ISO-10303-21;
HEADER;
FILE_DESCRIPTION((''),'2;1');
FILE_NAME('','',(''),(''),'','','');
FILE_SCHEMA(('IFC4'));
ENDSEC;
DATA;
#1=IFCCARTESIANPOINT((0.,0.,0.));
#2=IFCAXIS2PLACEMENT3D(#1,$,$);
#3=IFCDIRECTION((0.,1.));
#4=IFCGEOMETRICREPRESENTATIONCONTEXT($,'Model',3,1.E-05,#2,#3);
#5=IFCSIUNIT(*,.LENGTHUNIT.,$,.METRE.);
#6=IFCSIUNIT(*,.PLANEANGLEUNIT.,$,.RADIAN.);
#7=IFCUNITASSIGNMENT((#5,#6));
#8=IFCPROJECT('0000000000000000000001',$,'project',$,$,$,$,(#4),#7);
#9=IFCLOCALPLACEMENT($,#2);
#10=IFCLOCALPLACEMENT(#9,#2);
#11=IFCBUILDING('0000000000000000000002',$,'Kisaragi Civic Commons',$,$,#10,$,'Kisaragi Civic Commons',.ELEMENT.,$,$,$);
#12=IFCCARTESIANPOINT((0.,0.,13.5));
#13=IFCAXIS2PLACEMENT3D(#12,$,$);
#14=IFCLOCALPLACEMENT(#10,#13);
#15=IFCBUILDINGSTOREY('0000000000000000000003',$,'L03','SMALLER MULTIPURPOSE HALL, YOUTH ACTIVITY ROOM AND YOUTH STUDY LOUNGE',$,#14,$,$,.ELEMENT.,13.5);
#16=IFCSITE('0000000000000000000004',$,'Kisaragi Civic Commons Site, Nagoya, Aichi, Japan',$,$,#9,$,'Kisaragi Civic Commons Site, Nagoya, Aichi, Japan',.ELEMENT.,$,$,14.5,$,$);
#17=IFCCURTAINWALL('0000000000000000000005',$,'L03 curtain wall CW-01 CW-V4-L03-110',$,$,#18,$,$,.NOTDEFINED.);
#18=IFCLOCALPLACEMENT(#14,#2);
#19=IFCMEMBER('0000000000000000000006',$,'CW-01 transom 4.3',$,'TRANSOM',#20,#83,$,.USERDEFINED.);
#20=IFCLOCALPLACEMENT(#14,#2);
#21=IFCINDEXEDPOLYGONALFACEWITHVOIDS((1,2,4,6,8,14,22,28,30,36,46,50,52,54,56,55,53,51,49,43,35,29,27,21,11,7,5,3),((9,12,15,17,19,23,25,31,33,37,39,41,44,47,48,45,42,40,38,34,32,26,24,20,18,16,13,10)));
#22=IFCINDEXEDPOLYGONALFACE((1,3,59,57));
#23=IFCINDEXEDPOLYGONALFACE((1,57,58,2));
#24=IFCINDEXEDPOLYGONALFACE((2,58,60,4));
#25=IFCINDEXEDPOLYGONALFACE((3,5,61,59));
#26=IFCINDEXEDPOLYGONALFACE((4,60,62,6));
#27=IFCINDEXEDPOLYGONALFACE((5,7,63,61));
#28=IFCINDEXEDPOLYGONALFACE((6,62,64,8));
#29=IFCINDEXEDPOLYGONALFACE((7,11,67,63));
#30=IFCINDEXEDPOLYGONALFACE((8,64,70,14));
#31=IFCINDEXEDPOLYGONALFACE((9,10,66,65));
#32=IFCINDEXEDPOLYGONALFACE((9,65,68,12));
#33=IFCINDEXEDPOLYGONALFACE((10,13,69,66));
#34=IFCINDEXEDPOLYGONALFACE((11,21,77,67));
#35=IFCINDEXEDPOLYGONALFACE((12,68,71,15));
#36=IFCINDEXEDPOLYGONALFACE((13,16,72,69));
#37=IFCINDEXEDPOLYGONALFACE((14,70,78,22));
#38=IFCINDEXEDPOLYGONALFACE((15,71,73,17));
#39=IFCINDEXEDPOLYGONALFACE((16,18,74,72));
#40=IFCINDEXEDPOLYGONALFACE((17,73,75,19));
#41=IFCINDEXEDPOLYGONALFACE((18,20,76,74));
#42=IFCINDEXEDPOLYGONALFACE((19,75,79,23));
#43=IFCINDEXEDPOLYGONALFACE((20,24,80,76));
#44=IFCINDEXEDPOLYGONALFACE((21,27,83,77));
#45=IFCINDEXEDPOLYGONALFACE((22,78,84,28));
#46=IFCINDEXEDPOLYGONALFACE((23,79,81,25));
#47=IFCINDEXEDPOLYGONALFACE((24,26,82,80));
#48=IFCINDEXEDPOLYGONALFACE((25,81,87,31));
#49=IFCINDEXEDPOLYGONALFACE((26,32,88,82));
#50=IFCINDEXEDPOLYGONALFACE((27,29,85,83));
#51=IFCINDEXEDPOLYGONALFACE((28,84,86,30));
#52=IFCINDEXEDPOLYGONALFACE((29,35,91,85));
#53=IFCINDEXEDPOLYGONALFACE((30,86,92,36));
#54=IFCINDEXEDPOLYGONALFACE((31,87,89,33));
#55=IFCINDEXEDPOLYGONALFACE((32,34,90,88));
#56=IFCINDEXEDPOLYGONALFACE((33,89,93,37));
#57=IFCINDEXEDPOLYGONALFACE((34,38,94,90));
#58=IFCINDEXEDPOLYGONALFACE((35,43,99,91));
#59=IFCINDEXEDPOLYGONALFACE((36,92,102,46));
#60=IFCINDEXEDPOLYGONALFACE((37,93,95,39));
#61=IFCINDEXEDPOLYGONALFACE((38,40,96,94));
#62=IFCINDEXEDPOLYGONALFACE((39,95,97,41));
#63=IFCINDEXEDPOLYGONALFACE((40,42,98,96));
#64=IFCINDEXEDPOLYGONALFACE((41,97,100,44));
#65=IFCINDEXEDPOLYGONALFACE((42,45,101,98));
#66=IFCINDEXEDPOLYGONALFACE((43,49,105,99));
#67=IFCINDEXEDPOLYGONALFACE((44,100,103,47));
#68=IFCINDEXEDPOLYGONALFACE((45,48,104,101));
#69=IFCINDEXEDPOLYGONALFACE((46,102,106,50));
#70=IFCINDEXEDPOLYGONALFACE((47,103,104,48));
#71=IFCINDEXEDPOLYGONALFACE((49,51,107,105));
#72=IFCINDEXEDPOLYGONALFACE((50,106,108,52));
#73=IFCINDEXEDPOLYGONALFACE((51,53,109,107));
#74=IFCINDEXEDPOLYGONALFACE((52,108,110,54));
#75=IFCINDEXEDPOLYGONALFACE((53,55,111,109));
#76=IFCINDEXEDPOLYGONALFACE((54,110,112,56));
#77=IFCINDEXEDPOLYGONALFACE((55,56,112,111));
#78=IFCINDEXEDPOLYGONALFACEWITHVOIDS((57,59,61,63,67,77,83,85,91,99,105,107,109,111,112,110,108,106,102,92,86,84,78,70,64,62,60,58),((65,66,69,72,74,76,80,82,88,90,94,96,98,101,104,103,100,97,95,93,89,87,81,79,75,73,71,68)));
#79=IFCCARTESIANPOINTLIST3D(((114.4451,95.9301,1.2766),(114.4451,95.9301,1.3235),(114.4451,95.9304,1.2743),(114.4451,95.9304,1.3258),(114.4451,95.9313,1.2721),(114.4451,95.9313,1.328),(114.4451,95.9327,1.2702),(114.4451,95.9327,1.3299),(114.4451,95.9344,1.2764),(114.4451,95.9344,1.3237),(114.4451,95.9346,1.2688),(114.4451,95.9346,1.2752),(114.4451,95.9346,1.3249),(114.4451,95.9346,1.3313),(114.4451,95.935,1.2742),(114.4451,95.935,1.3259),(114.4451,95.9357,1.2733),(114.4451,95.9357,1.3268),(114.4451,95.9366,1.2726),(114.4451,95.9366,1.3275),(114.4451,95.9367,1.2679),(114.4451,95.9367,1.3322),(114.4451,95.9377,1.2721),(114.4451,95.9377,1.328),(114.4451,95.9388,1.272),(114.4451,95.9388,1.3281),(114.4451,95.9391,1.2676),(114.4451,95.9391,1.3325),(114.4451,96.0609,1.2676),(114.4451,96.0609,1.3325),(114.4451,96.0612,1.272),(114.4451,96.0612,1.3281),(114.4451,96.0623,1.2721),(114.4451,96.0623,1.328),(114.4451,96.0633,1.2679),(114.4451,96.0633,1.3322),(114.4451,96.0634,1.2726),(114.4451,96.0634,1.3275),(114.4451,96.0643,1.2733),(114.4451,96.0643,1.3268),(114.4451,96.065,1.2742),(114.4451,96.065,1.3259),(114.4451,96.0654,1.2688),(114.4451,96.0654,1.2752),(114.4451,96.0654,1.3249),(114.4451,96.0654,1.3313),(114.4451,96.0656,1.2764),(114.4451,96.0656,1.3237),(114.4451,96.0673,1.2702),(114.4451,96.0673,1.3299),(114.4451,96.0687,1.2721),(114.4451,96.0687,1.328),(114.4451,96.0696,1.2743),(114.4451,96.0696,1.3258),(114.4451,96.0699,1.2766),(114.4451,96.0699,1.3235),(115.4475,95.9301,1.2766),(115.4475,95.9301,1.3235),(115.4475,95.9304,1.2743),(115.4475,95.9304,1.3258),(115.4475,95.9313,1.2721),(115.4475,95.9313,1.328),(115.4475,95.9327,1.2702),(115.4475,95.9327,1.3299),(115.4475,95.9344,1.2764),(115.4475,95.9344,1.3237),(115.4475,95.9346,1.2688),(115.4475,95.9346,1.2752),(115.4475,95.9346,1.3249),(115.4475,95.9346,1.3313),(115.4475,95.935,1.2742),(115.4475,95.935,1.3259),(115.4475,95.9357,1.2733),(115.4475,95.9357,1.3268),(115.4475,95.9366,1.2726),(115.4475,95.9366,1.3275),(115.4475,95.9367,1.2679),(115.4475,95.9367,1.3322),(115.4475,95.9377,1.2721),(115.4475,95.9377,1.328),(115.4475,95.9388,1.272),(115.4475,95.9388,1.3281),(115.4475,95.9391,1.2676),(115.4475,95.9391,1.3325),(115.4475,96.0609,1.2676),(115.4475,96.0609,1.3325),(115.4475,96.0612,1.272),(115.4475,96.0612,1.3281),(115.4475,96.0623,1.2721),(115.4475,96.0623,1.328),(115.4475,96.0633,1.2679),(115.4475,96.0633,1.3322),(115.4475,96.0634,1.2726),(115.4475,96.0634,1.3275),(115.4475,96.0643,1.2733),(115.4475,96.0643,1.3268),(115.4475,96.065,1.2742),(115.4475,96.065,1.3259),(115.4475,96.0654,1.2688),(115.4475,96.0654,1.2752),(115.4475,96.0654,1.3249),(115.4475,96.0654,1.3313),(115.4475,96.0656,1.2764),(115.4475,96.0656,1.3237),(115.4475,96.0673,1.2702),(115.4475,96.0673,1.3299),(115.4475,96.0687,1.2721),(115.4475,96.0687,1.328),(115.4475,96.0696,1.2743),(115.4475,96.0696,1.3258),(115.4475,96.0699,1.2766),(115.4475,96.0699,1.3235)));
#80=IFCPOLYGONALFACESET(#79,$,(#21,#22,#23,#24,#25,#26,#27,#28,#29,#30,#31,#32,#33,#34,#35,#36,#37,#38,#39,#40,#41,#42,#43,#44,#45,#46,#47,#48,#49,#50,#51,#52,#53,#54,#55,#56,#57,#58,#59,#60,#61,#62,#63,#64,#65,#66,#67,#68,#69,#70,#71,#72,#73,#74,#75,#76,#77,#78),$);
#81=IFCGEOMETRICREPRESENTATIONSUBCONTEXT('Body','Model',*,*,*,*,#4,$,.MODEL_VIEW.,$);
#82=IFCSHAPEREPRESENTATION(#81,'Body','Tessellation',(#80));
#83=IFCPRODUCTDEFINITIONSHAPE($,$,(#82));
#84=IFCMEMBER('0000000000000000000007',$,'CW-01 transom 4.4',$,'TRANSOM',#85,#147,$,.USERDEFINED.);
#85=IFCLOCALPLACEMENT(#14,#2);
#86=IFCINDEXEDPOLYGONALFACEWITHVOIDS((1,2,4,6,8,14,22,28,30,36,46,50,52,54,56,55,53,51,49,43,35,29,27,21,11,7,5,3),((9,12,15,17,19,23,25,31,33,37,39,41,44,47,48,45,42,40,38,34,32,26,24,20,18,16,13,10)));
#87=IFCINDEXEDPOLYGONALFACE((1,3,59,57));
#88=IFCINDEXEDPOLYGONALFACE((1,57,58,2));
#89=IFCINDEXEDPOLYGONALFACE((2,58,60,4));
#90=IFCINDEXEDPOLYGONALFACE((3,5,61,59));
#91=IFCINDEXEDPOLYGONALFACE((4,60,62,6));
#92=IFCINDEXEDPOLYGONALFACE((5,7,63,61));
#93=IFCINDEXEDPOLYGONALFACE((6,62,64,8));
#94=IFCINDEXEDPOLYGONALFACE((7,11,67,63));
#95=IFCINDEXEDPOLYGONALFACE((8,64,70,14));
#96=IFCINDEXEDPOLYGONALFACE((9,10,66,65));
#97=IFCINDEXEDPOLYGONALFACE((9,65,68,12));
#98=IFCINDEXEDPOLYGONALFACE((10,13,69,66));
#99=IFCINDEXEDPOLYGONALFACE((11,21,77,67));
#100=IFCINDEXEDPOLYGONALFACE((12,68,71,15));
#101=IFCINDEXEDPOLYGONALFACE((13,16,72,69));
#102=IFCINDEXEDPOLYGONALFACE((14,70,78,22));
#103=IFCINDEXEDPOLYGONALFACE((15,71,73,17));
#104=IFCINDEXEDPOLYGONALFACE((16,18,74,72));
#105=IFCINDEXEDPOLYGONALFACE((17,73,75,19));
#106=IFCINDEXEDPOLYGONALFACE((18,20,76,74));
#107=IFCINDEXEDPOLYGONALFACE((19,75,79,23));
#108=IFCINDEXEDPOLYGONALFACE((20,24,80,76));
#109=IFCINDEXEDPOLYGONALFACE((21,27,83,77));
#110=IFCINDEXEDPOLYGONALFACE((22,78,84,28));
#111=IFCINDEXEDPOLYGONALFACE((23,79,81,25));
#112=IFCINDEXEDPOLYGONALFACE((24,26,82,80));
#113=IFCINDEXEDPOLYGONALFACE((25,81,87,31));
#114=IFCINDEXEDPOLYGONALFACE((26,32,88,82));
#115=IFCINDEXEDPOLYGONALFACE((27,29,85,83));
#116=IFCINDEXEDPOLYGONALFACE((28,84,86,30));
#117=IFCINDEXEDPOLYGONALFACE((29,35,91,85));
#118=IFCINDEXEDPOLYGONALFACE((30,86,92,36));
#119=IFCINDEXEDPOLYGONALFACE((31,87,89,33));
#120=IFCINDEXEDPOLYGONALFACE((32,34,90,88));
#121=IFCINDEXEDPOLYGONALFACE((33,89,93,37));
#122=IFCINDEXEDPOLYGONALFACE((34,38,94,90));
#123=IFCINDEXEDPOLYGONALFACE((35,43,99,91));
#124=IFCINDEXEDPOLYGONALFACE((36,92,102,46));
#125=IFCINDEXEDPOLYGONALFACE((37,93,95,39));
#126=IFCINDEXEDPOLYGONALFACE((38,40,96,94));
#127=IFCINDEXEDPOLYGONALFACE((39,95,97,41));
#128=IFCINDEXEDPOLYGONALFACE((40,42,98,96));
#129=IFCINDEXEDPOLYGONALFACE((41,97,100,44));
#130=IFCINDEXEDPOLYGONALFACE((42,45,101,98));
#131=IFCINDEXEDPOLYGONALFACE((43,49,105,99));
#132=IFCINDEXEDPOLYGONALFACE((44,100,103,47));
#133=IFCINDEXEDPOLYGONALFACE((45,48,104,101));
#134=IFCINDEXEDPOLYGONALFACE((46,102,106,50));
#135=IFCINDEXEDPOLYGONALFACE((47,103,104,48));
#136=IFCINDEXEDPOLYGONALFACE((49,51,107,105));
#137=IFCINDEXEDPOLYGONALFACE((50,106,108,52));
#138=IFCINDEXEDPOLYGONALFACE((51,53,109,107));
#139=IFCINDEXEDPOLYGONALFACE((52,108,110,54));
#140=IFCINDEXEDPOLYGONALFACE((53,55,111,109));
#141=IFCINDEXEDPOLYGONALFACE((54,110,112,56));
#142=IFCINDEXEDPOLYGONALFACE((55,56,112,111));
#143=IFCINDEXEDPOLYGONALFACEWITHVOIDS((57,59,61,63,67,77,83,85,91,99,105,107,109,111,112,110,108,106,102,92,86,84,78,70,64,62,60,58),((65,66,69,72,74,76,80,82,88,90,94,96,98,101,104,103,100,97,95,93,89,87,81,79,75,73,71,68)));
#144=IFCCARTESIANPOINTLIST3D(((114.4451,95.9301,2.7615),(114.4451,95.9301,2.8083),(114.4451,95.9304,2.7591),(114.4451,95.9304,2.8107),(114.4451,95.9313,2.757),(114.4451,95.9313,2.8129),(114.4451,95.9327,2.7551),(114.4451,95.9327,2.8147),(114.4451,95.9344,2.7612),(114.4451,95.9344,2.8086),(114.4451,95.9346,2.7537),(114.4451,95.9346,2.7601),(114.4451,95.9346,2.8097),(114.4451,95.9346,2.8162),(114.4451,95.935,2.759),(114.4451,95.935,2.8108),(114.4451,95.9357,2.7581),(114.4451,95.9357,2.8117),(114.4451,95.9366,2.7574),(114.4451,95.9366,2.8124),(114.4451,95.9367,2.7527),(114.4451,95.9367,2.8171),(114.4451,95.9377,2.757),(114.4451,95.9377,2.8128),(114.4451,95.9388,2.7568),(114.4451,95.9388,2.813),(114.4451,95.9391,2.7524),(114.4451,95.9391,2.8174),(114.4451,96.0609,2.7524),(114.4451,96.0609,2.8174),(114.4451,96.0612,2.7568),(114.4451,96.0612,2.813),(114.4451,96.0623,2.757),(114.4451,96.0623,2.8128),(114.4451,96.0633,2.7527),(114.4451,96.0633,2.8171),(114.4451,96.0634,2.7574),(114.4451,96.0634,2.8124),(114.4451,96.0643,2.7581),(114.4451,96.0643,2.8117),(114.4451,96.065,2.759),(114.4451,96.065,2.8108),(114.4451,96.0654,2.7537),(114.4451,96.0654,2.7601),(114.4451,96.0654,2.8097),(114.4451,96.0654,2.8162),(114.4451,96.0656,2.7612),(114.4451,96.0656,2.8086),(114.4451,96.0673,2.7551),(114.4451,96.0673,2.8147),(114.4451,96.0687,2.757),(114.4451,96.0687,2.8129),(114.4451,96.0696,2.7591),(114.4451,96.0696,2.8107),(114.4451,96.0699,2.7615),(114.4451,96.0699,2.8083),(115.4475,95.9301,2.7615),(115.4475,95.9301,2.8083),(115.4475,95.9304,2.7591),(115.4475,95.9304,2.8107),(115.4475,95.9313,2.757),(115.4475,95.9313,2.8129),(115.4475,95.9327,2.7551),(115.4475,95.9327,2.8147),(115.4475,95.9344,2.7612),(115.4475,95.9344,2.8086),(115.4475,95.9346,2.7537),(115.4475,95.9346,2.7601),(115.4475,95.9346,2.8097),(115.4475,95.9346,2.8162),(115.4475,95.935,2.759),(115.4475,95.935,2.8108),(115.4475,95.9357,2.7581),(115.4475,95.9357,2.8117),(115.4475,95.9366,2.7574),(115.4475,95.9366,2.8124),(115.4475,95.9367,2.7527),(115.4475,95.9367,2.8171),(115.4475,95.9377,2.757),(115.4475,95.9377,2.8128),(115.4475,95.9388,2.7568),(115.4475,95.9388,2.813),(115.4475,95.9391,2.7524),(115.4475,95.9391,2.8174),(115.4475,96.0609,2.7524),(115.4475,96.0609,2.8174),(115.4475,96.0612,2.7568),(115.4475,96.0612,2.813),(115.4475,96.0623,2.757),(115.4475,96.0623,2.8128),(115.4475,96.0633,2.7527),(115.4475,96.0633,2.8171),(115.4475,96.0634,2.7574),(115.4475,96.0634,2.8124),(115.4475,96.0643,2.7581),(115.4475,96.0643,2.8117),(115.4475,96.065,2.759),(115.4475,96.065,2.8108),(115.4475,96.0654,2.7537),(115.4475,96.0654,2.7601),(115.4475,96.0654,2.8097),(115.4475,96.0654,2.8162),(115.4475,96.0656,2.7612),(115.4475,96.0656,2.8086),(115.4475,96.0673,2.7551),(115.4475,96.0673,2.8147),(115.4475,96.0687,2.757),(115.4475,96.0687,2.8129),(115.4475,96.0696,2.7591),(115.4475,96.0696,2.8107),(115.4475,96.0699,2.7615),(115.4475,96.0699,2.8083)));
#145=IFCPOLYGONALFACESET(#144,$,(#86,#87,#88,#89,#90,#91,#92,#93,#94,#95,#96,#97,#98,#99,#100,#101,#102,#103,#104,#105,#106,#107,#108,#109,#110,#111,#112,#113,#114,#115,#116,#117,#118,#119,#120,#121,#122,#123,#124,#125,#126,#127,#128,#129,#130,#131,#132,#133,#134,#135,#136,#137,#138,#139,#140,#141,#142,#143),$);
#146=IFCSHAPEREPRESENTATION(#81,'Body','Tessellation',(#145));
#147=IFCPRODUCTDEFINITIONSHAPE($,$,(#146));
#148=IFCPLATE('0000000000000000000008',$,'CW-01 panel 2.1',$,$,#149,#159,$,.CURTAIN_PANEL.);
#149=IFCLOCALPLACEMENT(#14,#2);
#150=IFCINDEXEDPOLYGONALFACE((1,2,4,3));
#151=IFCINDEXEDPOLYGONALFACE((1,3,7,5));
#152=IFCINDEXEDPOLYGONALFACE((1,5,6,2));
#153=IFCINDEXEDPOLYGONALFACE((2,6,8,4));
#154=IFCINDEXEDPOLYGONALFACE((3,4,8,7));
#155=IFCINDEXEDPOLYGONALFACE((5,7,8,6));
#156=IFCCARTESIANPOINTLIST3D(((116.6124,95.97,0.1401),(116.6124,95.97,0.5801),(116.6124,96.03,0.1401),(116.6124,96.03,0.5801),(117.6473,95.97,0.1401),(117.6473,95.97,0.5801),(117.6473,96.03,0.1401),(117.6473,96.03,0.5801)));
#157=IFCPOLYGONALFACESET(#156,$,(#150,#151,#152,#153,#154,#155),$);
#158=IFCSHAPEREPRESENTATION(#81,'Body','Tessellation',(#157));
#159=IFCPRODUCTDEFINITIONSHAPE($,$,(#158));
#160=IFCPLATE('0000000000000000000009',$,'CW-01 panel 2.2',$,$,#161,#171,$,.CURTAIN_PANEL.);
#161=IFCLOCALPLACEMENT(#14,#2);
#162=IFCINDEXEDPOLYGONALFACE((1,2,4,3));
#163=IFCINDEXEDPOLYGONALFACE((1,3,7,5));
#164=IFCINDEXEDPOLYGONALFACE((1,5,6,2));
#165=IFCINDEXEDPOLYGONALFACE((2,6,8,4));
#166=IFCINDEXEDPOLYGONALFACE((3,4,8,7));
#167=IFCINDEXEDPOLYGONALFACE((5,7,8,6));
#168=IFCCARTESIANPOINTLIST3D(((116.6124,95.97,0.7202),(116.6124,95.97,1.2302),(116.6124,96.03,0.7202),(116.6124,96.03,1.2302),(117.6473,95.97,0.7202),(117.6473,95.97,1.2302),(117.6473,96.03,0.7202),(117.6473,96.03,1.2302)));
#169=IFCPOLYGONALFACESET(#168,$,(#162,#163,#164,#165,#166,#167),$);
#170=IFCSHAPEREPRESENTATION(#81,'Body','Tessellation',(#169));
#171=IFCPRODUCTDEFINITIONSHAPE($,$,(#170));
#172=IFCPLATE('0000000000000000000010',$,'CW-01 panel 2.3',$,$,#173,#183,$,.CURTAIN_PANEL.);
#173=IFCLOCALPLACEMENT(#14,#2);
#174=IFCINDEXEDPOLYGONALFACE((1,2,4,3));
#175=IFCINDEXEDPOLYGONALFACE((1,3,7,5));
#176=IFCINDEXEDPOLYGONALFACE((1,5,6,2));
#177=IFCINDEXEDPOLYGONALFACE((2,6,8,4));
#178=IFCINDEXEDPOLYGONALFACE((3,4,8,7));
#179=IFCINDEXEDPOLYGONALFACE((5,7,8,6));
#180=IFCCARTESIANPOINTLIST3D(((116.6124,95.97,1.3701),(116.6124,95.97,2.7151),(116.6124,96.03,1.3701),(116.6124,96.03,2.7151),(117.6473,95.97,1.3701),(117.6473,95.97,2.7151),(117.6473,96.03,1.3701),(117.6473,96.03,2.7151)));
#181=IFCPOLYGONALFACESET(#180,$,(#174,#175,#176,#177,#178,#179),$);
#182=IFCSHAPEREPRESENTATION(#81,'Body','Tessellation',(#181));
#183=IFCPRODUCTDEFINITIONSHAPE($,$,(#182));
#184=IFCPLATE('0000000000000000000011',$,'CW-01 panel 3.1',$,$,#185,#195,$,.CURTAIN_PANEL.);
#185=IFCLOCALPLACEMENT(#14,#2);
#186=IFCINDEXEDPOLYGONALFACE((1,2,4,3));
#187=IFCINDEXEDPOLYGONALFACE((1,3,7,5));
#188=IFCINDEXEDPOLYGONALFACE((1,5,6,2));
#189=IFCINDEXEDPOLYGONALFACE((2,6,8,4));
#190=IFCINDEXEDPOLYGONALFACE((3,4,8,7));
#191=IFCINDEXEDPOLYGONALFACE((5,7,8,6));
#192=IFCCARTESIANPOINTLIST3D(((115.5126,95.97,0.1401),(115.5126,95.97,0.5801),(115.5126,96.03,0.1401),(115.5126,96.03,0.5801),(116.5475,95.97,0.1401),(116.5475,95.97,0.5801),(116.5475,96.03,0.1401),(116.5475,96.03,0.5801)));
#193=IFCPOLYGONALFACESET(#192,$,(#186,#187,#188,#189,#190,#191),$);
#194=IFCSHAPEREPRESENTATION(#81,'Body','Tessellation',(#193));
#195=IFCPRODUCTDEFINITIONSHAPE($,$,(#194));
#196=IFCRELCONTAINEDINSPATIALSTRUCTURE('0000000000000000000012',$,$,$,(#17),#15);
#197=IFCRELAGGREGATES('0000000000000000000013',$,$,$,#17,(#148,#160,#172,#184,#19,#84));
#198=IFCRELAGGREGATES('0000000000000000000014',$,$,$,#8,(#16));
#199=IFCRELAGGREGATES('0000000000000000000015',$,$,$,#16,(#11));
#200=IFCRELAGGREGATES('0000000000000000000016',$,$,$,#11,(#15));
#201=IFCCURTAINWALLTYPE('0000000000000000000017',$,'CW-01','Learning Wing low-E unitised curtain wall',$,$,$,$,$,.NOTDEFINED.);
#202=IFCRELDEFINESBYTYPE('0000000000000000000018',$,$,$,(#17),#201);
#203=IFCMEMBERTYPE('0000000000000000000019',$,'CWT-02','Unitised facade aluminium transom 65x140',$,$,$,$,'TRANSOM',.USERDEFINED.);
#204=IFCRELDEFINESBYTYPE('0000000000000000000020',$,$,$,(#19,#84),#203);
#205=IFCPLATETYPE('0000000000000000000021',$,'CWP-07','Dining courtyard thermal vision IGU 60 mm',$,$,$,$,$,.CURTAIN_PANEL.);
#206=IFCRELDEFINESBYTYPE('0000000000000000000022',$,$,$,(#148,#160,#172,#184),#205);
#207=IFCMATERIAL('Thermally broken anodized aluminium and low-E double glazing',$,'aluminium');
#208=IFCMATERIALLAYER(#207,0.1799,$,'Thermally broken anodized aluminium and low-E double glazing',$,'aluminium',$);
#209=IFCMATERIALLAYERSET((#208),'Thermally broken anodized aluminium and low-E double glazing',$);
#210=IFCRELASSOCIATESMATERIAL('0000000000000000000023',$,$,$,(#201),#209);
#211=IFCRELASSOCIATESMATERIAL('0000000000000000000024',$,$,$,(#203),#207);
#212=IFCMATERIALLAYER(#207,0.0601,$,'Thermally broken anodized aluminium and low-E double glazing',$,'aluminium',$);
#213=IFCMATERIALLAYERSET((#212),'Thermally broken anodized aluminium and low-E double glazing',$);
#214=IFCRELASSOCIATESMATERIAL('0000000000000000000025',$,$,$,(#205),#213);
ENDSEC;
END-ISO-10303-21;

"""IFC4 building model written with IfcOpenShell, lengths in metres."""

from ifc_helpers import new_model, si_unit, direction, frame, origin, origin_2d, place, context, subcontext, project, spatial, rectangle, hollow_rectangle, extrude, material, layer, layer_set, material_profile, profile_set, type_object, element, aggregate, save


model = new_model("IFC4")

# Units and contexts
model_context = context("Model", 3, precision=1e-05, world=origin(), true_north=direction((0.0, 1.0)))
body_context = subcontext(model_context, "Body", "Model", "MODEL_VIEW")
ifc_project = project(units=[si_unit("LENGTHUNIT", "METRE"), si_unit("PLANEANGLEUNIT", "RADIAN")], contexts=[model_context])

# Site, building, storey
site_placement = place(None, origin())
site = spatial("IfcSite", under=ifc_project, at=site_placement, Name="Kisaragi Civic Commons Site, Nagoya, Aichi, Japan", LongName="Kisaragi Civic Commons Site, Nagoya, Aichi, Japan", CompositionType="ELEMENT", RefElevation=14.5)
building_placement = place(site_placement, origin())
building = spatial("IfcBuilding", under=site, at=building_placement, Name="Kisaragi Civic Commons", LongName="Kisaragi Civic Commons", CompositionType="ELEMENT")
storey_placement = place(building_placement, frame((0.0, 0.0, 13.5)))
storey = spatial("IfcBuildingStorey", under=building, at=storey_placement, Name="L03", Description="SMALLER MULTIPURPOSE HALL, YOUTH ACTIVITY ROOM AND YOUTH STUDY LOUNGE", CompositionType="ELEMENT", Elevation=13.5)

# Curtain wall, members, plates
ifc_material_1 = material(Name="Thermally broken anodized aluminium and low-E double glazing", Category="aluminium")
ifc_layer_1 = layer(ifc_material_1, 0.1799, Name="Thermally broken anodized aluminium and low-E double glazing", Category="aluminium")
ifc_layer_set_1 = layer_set([ifc_layer_1], Name="Thermally broken anodized aluminium and low-E double glazing")
curtain_wall_type = type_object("IfcCurtainWallType", Name="CW-01", Description="Learning Wing low-E unitised curtain wall", PredefinedType="NOTDEFINED", material=ifc_layer_set_1)
curtain_wall_placement = place(storey_placement, origin())
curtain_wall = element("IfcCurtainWall", 1, at=curtain_wall_placement, inside=storey, type_object=curtain_wall_type, Name="L03 curtain wall CW-01 CW-V4-L03-110", PredefinedType="NOTDEFINED")
ifc_material_profile_1 = material_profile(ifc_material_1, hollow_rectangle(XDim=0.1399, YDim=0.0649, WallThickness=0.0044, InnerFilletRadius=0.0044, OuterFilletRadius=0.009, at=origin_2d()), Name="CWT-65x140x4.5", Category="aluminium")
ifc_profile_set_1 = profile_set([ifc_material_profile_1], Name="Thermally broken anodized aluminium and low-E double glazing")
member_type_1 = type_object("IfcMemberType", Name="CWT-02", Description="Unitised facade aluminium transom 65x140", ElementType="TRANSOM", PredefinedType="USERDEFINED", material=ifc_profile_set_1)
member_1_placement = place(storey_placement, frame((115.4475, 96.0, 1.3), z_axis=(-1.0, 0.0, 0.0), x_axis=(0.0, -1.0, 0.0)))
member_1 = element("IfcMember", 2, at=member_1_placement, type_object=member_type_1, Name="CW-01 transom 4.3", ObjectType="TRANSOM", PredefinedType="USERDEFINED", context=body_context, shape_type="SweptSolid", body=[
    extrude(hollow_rectangle(XDim=0.1399, YDim=0.0649, WallThickness=0.0044, InnerFilletRadius=0.0044, OuterFilletRadius=0.009, at=origin_2d()), origin(), (0.0, 0.0, 1.0), 1.0024),
])
member_2_placement = place(storey_placement, frame((115.4475, 96.0, 2.7849), z_axis=(-1.0, 0.0, 0.0), x_axis=(0.0, -1.0, 0.0)))
member_2 = element("IfcMember", 3, at=member_2_placement, type_object=member_type_1, Name="CW-01 transom 4.4", ObjectType="TRANSOM", PredefinedType="USERDEFINED", context=body_context, shape_type="SweptSolid", body=[
    extrude(hollow_rectangle(XDim=0.1399, YDim=0.0649, WallThickness=0.0044, InnerFilletRadius=0.0044, OuterFilletRadius=0.009, at=origin_2d()), origin(), (0.0, 0.0, 1.0), 1.0024),
])
ifc_layer_2 = layer(ifc_material_1, 0.0601, Name="Thermally broken anodized aluminium and low-E double glazing", Category="aluminium")
ifc_layer_set_2 = layer_set([ifc_layer_2], Name="Thermally broken anodized aluminium and low-E double glazing")
plate_type = type_object("IfcPlateType", Name="CWP-07", Description="Dining courtyard thermal vision IGU 60 mm", PredefinedType="CURTAIN_PANEL", material=ifc_layer_set_2)
plate_1_placement = place(storey_placement, frame((117.1299, 96.0, 0.1401), z_axis=(0.0, 0.0, 1.0), x_axis=(-1.0, 0.0, 0.0)))
plate_1 = element("IfcPlate", 4, at=plate_1_placement, type_object=plate_type, Name="CW-01 panel 2.1", PredefinedType="CURTAIN_PANEL", context=body_context, shape_type="SweptSolid", body=[
    extrude(rectangle(XDim=1.0349, YDim=0.0601, at=origin_2d()), origin(), (0.0, 0.0, 1.0), 0.4399),
])
plate_2_placement = place(storey_placement, frame((117.1299, 96.0, 0.7202), z_axis=(0.0, 0.0, 1.0), x_axis=(-1.0, 0.0, 0.0)))
plate_2 = element("IfcPlate", 5, at=plate_2_placement, type_object=plate_type, Name="CW-01 panel 2.2", PredefinedType="CURTAIN_PANEL", context=body_context, shape_type="SweptSolid", body=[
    extrude(rectangle(XDim=1.0349, YDim=0.0601, at=origin_2d()), origin(), (0.0, 0.0, 1.0), 0.51),
])
plate_3_placement = place(storey_placement, frame((117.1299, 96.0, 1.3701), z_axis=(0.0, 0.0, 1.0), x_axis=(-1.0, 0.0, 0.0)))
plate_3 = element("IfcPlate", 6, at=plate_3_placement, type_object=plate_type, Name="CW-01 panel 2.3", PredefinedType="CURTAIN_PANEL", context=body_context, shape_type="SweptSolid", body=[
    extrude(rectangle(XDim=1.0349, YDim=0.0601, at=origin_2d()), origin(), (0.0, 0.0, 1.0), 1.345),
])
plate_4_placement = place(storey_placement, frame((116.03, 96.0, 0.1401), z_axis=(0.0, 0.0, 1.0), x_axis=(-1.0, 0.0, 0.0)))
plate_4 = element("IfcPlate", 7, at=plate_4_placement, type_object=plate_type, Name="CW-01 panel 3.1", PredefinedType="CURTAIN_PANEL", context=body_context, shape_type="SweptSolid", body=[
    extrude(rectangle(XDim=1.0349, YDim=0.0601, at=origin_2d()), origin(), (0.0, 0.0, 1.0), 0.4399),
])
aggregate(curtain_wall, [plate_1, plate_2, plate_3, plate_4, member_1, member_2])

save(model, "model.ifc")
